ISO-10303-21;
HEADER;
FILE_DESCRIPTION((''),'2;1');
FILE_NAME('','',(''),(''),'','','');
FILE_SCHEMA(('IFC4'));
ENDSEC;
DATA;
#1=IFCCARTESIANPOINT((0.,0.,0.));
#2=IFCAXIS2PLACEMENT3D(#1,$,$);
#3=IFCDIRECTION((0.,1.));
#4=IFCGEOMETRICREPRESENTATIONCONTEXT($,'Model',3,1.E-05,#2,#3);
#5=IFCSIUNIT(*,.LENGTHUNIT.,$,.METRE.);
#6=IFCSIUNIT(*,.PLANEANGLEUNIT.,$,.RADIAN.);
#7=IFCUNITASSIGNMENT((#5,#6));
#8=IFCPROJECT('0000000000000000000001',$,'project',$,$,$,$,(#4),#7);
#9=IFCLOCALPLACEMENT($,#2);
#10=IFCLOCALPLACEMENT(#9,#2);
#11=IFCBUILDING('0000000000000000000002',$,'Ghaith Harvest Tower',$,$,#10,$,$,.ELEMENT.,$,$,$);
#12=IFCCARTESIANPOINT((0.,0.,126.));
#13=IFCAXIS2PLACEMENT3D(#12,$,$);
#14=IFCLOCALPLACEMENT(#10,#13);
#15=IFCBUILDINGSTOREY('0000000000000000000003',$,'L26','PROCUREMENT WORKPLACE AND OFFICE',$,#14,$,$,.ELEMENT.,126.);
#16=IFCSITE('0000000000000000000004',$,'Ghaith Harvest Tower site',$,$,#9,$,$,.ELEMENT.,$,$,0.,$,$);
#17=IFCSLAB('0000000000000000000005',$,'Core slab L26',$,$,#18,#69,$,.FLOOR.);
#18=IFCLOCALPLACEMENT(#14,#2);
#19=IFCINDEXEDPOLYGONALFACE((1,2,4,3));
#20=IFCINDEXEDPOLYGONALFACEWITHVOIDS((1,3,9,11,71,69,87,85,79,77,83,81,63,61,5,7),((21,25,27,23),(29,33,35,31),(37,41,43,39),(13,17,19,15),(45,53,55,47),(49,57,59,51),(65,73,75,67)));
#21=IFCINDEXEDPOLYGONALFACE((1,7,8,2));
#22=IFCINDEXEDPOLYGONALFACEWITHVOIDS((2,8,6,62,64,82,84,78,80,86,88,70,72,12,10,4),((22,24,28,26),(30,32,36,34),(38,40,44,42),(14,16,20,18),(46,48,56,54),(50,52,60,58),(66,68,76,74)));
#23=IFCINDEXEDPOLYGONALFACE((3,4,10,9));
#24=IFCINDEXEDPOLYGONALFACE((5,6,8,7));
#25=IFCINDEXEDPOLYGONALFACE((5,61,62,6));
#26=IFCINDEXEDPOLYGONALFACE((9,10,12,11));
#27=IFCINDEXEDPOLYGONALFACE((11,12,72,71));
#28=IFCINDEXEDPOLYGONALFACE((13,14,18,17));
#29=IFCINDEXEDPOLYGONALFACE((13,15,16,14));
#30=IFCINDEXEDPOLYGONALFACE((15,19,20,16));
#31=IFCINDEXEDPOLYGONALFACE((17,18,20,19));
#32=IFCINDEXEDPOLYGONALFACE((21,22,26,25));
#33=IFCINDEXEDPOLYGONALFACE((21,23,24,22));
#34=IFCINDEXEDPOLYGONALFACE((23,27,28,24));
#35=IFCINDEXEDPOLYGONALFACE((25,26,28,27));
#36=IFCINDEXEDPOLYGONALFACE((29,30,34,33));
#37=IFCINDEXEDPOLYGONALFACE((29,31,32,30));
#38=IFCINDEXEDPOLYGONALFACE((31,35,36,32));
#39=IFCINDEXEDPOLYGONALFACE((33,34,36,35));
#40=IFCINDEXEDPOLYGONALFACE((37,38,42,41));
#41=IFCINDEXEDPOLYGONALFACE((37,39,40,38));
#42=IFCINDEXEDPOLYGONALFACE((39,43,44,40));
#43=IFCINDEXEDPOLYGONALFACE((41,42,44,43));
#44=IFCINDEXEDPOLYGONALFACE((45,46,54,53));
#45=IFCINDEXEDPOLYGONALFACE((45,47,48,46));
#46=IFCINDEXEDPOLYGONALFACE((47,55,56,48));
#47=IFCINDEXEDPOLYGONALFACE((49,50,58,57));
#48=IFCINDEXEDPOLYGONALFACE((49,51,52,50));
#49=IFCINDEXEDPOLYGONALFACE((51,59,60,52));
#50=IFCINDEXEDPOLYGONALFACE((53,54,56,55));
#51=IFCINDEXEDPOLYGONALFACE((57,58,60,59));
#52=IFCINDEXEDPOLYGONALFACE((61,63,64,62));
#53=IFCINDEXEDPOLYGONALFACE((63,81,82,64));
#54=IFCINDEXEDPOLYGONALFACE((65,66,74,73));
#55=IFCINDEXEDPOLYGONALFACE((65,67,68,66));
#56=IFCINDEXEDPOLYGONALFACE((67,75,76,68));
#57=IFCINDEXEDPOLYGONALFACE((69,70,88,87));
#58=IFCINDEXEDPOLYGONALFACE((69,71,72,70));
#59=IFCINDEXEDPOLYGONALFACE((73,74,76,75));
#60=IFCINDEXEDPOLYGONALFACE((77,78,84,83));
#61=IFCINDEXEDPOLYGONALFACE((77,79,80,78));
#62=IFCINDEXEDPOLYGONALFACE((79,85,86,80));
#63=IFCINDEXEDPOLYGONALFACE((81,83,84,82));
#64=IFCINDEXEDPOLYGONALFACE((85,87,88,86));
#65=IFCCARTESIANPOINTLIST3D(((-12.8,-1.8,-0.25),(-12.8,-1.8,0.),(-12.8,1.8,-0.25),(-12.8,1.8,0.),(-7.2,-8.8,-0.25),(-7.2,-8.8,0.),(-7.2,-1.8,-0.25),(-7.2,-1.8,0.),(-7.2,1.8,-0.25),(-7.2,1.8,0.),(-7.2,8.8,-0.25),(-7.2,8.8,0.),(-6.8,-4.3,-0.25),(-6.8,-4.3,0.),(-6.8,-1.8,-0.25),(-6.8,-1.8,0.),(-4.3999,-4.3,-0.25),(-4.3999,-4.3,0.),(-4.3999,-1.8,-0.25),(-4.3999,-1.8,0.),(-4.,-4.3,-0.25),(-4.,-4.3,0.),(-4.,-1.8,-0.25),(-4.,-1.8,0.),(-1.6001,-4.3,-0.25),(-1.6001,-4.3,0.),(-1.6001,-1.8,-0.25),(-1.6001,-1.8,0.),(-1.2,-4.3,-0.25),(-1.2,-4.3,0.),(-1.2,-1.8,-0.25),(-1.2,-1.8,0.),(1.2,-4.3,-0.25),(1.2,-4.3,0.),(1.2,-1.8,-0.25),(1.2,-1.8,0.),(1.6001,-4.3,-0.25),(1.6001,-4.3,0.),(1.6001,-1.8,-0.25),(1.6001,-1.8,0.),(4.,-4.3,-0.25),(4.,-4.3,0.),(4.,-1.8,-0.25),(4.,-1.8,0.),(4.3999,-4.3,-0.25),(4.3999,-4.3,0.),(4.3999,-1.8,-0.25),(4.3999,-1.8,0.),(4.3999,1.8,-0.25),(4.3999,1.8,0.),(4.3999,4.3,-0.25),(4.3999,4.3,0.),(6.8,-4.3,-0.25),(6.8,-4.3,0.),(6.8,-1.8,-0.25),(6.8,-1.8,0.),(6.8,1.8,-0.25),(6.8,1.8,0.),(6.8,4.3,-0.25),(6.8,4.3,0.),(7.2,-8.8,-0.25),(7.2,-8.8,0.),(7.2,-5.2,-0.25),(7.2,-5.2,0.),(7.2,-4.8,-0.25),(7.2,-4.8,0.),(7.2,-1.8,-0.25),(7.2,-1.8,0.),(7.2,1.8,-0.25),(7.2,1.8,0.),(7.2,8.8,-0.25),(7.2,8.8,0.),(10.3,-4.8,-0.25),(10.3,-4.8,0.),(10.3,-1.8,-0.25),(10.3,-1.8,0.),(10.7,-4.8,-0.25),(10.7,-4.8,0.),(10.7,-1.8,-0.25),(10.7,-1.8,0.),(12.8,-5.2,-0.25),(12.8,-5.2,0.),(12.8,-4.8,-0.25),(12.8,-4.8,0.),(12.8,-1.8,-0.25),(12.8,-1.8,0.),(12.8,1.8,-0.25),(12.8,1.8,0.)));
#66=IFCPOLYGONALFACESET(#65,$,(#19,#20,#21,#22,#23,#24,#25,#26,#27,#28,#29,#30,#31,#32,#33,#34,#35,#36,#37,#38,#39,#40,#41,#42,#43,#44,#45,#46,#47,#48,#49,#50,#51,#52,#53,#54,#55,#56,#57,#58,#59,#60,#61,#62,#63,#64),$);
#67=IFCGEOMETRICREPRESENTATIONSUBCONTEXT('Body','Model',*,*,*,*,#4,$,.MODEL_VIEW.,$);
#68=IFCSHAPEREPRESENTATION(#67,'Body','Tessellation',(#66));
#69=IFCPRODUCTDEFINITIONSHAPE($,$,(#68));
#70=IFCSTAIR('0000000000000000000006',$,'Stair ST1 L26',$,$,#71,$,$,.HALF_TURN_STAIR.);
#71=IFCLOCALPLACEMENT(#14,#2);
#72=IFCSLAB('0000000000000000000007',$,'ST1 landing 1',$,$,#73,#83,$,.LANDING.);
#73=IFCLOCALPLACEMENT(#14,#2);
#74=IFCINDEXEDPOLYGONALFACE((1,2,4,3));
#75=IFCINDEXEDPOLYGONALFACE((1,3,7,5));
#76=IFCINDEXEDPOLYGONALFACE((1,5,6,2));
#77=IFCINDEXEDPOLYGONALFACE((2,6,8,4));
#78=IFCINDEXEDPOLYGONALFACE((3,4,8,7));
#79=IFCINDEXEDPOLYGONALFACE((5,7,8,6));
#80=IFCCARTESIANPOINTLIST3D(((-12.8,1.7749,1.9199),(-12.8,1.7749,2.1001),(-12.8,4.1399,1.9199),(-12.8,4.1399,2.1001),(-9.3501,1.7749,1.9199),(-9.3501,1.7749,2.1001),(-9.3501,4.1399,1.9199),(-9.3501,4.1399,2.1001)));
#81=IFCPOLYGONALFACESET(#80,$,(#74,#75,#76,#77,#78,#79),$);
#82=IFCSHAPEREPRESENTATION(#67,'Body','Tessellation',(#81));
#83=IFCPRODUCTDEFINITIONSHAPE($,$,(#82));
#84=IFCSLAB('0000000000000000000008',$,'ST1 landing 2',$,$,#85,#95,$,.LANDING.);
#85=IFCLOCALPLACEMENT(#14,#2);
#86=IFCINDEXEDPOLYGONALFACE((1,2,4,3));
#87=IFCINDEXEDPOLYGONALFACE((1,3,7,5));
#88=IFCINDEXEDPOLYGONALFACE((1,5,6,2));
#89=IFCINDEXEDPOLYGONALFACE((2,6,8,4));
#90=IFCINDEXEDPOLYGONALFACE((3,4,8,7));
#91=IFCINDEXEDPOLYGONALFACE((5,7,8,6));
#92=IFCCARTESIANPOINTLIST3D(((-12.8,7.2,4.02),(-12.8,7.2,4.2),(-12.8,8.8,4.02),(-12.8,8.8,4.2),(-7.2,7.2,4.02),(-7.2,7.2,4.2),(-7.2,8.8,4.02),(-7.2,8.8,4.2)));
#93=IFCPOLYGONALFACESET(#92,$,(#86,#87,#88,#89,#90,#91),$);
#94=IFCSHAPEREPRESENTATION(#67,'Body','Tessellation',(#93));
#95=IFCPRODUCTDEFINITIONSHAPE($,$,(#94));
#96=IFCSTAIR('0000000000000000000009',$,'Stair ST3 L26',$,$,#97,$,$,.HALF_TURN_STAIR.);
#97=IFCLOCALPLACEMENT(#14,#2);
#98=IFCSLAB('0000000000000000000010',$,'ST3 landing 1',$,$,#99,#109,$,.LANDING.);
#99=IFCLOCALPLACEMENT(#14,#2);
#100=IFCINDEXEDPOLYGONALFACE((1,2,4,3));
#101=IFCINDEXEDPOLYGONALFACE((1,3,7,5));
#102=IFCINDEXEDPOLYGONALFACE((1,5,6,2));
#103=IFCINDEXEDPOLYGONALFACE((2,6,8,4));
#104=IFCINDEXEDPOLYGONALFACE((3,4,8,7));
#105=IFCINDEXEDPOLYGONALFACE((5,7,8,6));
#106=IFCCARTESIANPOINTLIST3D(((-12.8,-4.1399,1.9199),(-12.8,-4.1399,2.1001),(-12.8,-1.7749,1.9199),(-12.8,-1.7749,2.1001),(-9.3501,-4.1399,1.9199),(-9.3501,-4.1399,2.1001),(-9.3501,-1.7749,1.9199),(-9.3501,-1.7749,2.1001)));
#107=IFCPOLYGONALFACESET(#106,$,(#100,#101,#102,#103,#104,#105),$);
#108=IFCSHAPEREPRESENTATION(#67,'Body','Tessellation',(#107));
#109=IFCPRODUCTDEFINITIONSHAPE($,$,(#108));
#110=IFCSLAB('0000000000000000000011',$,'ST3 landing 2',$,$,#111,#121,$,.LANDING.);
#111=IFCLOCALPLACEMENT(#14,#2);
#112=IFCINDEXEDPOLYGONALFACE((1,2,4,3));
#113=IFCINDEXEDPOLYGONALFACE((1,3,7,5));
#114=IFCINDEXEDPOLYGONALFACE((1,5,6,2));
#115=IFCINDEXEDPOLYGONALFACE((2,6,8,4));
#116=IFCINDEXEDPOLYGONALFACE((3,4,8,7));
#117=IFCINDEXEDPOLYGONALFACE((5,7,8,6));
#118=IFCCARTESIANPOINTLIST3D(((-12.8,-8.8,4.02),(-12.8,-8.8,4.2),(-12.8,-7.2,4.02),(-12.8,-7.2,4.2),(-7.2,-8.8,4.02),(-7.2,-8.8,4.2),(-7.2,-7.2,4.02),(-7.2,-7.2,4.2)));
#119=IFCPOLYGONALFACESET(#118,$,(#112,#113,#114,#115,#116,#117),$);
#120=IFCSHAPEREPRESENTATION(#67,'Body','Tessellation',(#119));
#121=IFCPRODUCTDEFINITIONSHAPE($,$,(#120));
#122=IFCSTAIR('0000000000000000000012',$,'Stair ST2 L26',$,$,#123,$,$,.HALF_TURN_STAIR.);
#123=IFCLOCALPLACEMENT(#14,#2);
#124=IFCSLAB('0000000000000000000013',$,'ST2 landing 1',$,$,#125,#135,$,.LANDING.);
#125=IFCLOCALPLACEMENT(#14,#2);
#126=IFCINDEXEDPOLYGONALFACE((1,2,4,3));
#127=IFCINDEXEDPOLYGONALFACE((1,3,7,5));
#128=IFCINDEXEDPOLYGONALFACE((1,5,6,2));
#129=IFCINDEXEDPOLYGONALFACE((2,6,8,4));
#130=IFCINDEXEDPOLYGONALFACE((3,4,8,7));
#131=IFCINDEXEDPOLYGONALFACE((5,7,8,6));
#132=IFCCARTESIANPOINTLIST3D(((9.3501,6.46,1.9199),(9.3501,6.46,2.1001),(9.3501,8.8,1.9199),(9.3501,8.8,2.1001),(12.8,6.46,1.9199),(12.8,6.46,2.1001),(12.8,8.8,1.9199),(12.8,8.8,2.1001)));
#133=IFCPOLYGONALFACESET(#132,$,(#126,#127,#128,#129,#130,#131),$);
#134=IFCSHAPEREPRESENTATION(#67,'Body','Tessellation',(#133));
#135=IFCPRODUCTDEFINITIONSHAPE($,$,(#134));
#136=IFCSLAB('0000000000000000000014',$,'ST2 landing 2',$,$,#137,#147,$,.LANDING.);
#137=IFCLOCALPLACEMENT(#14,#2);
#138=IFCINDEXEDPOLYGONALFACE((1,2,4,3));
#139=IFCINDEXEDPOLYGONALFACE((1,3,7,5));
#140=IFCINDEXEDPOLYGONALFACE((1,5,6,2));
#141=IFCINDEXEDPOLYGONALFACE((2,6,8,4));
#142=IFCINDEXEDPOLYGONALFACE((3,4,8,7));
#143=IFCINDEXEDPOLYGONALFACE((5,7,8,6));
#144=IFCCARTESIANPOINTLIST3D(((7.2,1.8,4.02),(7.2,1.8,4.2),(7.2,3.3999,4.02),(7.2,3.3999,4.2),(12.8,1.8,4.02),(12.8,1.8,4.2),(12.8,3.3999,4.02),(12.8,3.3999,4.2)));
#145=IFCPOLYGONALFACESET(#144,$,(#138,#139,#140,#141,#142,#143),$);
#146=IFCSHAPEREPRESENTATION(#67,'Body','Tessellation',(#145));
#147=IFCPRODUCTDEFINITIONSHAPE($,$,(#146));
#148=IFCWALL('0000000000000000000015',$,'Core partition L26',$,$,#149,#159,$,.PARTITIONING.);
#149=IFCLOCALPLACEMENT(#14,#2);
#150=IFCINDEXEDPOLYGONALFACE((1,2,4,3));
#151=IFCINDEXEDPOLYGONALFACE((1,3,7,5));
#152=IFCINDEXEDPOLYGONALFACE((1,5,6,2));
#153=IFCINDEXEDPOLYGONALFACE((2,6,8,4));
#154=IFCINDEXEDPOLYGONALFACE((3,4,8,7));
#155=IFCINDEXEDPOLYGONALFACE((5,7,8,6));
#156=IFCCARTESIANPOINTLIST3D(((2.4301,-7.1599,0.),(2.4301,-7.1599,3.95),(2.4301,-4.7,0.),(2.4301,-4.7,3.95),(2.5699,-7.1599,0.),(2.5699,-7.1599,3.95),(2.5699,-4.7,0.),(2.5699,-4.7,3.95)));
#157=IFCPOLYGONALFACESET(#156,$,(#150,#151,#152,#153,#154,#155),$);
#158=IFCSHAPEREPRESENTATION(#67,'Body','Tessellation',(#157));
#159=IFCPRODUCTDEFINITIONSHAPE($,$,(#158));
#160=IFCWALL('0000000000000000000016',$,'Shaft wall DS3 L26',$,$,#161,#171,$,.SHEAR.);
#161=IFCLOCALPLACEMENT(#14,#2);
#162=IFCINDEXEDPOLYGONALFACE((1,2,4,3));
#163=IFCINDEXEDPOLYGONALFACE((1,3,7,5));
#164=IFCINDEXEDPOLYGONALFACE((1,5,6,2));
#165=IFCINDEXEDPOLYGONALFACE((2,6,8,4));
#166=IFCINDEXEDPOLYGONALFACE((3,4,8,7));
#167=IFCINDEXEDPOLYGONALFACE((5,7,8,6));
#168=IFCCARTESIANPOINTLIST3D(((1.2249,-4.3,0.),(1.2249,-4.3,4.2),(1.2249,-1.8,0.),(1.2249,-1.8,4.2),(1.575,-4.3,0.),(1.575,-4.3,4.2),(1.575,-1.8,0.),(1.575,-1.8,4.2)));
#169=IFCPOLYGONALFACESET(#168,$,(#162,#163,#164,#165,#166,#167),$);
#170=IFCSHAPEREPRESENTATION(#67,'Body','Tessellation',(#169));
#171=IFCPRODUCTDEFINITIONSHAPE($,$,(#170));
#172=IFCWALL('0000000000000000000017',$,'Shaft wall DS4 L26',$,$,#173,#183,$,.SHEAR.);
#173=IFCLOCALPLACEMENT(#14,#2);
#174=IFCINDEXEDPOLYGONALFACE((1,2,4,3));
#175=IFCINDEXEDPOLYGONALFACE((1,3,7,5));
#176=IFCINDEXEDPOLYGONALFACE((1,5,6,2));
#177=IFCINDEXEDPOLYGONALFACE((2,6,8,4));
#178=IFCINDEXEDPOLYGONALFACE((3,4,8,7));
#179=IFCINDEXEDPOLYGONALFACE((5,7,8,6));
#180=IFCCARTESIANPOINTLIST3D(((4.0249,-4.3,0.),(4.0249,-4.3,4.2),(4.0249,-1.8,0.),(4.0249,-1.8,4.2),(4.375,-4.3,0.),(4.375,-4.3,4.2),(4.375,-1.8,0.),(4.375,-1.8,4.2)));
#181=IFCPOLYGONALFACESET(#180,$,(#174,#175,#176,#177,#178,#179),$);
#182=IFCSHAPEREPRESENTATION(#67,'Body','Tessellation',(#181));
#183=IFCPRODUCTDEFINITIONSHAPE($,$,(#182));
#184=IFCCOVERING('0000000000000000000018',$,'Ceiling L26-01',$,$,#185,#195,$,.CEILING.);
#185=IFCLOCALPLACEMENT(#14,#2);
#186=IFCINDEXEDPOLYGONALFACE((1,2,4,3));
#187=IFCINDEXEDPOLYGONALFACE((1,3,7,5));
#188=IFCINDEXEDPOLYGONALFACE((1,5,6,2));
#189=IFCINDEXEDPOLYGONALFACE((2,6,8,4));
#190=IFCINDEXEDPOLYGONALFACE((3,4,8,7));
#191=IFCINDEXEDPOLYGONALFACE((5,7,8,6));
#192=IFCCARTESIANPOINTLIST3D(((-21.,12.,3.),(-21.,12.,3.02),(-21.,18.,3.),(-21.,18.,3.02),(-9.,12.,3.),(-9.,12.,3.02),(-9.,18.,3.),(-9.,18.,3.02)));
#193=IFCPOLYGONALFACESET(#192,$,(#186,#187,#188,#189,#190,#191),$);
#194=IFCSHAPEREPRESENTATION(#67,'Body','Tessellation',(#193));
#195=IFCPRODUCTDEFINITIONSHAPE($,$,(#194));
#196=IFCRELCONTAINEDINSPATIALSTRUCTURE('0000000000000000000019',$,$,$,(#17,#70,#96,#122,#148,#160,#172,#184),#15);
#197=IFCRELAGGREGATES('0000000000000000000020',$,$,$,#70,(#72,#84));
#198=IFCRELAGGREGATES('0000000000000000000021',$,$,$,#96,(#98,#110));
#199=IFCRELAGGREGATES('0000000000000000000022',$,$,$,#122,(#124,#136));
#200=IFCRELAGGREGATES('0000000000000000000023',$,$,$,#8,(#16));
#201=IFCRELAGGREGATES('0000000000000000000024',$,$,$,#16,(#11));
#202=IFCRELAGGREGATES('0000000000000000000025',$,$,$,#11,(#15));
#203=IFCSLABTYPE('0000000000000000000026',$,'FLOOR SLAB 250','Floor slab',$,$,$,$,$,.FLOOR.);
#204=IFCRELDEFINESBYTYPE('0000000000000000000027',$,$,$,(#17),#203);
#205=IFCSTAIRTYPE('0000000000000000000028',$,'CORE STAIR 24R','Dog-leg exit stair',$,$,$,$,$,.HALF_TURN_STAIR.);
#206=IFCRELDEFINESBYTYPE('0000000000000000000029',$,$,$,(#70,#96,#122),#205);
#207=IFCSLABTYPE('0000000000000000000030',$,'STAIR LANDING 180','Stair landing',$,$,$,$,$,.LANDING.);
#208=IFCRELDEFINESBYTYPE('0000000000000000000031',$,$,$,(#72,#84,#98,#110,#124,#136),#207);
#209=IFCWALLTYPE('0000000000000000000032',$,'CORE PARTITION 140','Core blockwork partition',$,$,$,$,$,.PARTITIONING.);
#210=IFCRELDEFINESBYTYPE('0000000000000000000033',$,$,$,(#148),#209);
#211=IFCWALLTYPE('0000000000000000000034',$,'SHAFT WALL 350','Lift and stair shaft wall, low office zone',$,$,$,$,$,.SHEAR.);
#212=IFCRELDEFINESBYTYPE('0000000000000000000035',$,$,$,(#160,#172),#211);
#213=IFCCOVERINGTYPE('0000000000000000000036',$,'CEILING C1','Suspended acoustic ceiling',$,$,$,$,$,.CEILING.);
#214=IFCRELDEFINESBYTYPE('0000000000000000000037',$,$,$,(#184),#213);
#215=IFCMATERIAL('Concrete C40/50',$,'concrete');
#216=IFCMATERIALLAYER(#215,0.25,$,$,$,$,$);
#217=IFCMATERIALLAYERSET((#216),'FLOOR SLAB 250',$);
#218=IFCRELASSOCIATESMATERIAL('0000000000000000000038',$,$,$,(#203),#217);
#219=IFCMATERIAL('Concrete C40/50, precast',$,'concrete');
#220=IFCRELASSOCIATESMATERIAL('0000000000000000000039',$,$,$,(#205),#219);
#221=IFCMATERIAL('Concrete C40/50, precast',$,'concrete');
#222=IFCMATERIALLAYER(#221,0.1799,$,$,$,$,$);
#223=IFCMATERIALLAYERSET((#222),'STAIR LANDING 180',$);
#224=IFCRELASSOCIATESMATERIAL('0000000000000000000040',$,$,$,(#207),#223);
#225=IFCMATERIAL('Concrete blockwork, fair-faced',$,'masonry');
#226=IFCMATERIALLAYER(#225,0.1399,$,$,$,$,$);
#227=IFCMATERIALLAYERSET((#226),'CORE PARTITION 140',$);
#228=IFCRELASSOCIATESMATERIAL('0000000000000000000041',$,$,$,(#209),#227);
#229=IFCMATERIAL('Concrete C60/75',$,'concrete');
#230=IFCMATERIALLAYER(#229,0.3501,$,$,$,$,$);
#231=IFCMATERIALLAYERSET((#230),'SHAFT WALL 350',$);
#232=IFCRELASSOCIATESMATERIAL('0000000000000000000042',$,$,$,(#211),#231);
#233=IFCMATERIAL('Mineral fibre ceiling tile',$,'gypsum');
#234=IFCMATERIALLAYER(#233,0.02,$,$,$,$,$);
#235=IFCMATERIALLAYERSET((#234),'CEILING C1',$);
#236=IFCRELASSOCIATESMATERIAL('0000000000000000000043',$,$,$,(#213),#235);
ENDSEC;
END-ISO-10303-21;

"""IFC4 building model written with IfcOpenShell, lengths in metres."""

from ifc_helpers import new_model, si_unit, direction, frame, frame_2d, origin, place, context, subcontext, project, spatial, polyline, rectangle, outline, extrude, material, layer, layer_set, type_object, element, aggregate, save


model = new_model("IFC4")

# Units and contexts
model_context = context("Model", 3, precision=1e-05, world=origin(), true_north=direction((0.0, 1.0)))
body_context = subcontext(model_context, "Body", "Model", "MODEL_VIEW")
ifc_project = project(units=[si_unit("LENGTHUNIT", "METRE"), si_unit("PLANEANGLEUNIT", "RADIAN")], contexts=[model_context])

# Site, building, storey
site_placement = place(None, origin())
site = spatial("IfcSite", under=ifc_project, at=site_placement, Name="Ghaith Harvest Tower site", CompositionType="ELEMENT", RefElevation=0.0)
building_placement = place(site_placement, origin())
building = spatial("IfcBuilding", under=site, at=building_placement, Name="Ghaith Harvest Tower", CompositionType="ELEMENT")
storey_placement = place(building_placement, frame((0.0, 0.0, 126.0)))
storey = spatial("IfcBuildingStorey", under=building, at=storey_placement, Name="L26", Description="PROCUREMENT WORKPLACE AND OFFICE", CompositionType="ELEMENT", Elevation=126.0)

# Slab
ifc_material_1 = material(Name="Concrete C40/50", Category="concrete")
ifc_layer_1 = layer(ifc_material_1, 0.25)
ifc_layer_set_1 = layer_set([ifc_layer_1], Name="FLOOR SLAB 250")
slab_type_1 = type_object("IfcSlabType", Name="FLOOR SLAB 250", Description="Floor slab", PredefinedType="FLOOR", material=ifc_layer_set_1)
slab_1_placement = place(storey_placement, frame((0.0, 0.0, -0.25)))
element("IfcSlab", 1, at=slab_1_placement, inside=storey, type_object=slab_type_1, Name="Core slab L26", PredefinedType="FLOOR", context=body_context, shape_type="SweptSolid", body=[
    extrude(outline(polyline([(-12.8, 1.8), (-7.2, 1.8), (-7.2, 8.8), (7.2, 8.8), (7.2, 1.8), (12.8, 1.8), (12.8, -1.8), (10.7, -1.8), (10.7, -4.8), (12.8, -4.8), (12.8, -5.2), (7.2, -5.2), (7.2, -8.8), (-7.2, -8.8), (-7.2, -1.8), (-12.8, -1.8), (-12.8, 1.8)]), holes=[polyline([(-4.3999, -4.3), (-4.3999, -1.8), (-6.8, -1.8), (-6.8, -4.3), (-4.3999, -4.3)]), polyline([(-1.6001, -4.3), (-1.6001, -1.8), (-4.0, -1.8), (-4.0, -4.3), (-1.6001, -4.3)]), polyline([(1.2, -1.8), (-1.2, -1.8), (-1.2, -4.3), (1.2, -4.3), (1.2, -1.8)]), polyline([(4.0, -4.3), (4.0, -1.8), (1.6001, -1.8), (1.6001, -4.3), (4.0, -4.3)]), polyline([(10.3, -4.8), (10.3, -1.8), (7.2, -1.8), (7.2, -4.8), (10.3, -4.8)]), polyline([(6.8, -1.8), (4.3999, -1.8), (4.3999, -4.3), (6.8, -4.3), (6.8, -1.8)]), polyline([(6.8, 1.8), (6.8, 4.3), (4.3999, 4.3), (4.3999, 1.8), (6.8, 1.8)])]), origin(), (0.0, 0.0, 1.0), 0.25),
])

# Stairs, slabs
ifc_material_2 = material(Name="Concrete C40/50, precast", Category="concrete")
stair_type = type_object("IfcStairType", Name="CORE STAIR 24R", Description="Dog-leg exit stair", PredefinedType="HALF_TURN_STAIR", material=ifc_material_2)
stair_1_placement = place(storey_placement, origin())
stair_1 = element("IfcStair", 2, at=stair_1_placement, inside=storey, type_object=stair_type, Name="Stair ST1 L26", PredefinedType="HALF_TURN_STAIR")
ifc_material_3 = material(Name="Concrete C40/50, precast", Category="concrete")
ifc_layer_2 = layer(ifc_material_3, 0.1799)
ifc_layer_set_2 = layer_set([ifc_layer_2], Name="STAIR LANDING 180")
slab_type_2 = type_object("IfcSlabType", Name="STAIR LANDING 180", Description="Stair landing", PredefinedType="LANDING", material=ifc_layer_set_2)
slab_2_placement = place(storey_placement, frame((0.0, 0.0, 1.9199)))
slab_2 = element("IfcSlab", 3, at=slab_2_placement, type_object=slab_type_2, Name="ST1 landing 1", PredefinedType="LANDING", context=body_context, shape_type="SweptSolid", body=[
    extrude(outline(polyline([(-12.8, 4.1399), (-12.8, 1.7749), (-9.3501, 1.7749), (-9.3501, 4.1399), (-12.8, 4.1399)])), origin(), (0.0, 0.0, 1.0), 0.1802),
])
slab_3_placement = place(storey_placement, frame((0.0, 0.0, 4.02)))
slab_3 = element("IfcSlab", 4, at=slab_3_placement, type_object=slab_type_2, Name="ST1 landing 2", PredefinedType="LANDING", context=body_context, shape_type="SweptSolid", body=[
    extrude(outline(polyline([(-12.8, 8.8), (-12.8, 7.2), (-7.2, 7.2), (-7.2, 8.8), (-12.8, 8.8)])), origin(), (0.0, 0.0, 1.0), 0.1799),
])
aggregate(stair_1, [slab_2, slab_3])
stair_2_placement = place(storey_placement, origin())
stair_2 = element("IfcStair", 5, at=stair_2_placement, inside=storey, type_object=stair_type, Name="Stair ST3 L26", PredefinedType="HALF_TURN_STAIR")
slab_4_placement = place(storey_placement, frame((0.0, 0.0, 1.9199)))
slab_4 = element("IfcSlab", 6, at=slab_4_placement, type_object=slab_type_2, Name="ST3 landing 1", PredefinedType="LANDING", context=body_context, shape_type="SweptSolid", body=[
    extrude(outline(polyline([(-12.8, -4.1399), (-12.8, -1.7749), (-9.3501, -1.7749), (-9.3501, -4.1399), (-12.8, -4.1399)])), origin(), (0.0, 0.0, 1.0), 0.1802),
])
slab_5_placement = place(storey_placement, frame((0.0, 0.0, 4.02)))
slab_5 = element("IfcSlab", 7, at=slab_5_placement, type_object=slab_type_2, Name="ST3 landing 2", PredefinedType="LANDING", context=body_context, shape_type="SweptSolid", body=[
    extrude(outline(polyline([(-12.8, -8.8), (-12.8, -7.2), (-7.2, -7.2), (-7.2, -8.8), (-12.8, -8.8)])), origin(), (0.0, 0.0, 1.0), 0.1799),
])
aggregate(stair_2, [slab_4, slab_5])
stair_3_placement = place(storey_placement, origin())
stair_3 = element("IfcStair", 8, at=stair_3_placement, inside=storey, type_object=stair_type, Name="Stair ST2 L26", PredefinedType="HALF_TURN_STAIR")
slab_6_placement = place(storey_placement, frame((0.0, 0.0, 1.9199)))
slab_6 = element("IfcSlab", 9, at=slab_6_placement, type_object=slab_type_2, Name="ST2 landing 1", PredefinedType="LANDING", context=body_context, shape_type="SweptSolid", body=[
    extrude(outline(polyline([(12.8, 6.46), (12.8, 8.8), (9.3501, 8.8), (9.3501, 6.46), (12.8, 6.46)])), origin(), (0.0, 0.0, 1.0), 0.1802),
])
slab_7_placement = place(storey_placement, frame((0.0, 0.0, 4.02)))
slab_7 = element("IfcSlab", 10, at=slab_7_placement, type_object=slab_type_2, Name="ST2 landing 2", PredefinedType="LANDING", context=body_context, shape_type="SweptSolid", body=[
    extrude(outline(polyline([(12.8, 1.8), (12.8, 3.3999), (7.2, 3.3999), (7.2, 1.8), (12.8, 1.8)])), origin(), (0.0, 0.0, 1.0), 0.1799),
])
aggregate(stair_3, [slab_6, slab_7])

# Wall
ifc_material_4 = material(Name="Concrete blockwork, fair-faced", Category="masonry")
ifc_layer_3 = layer(ifc_material_4, 0.1399)
ifc_layer_set_3 = layer_set([ifc_layer_3], Name="CORE PARTITION 140")
wall_type_1 = type_object("IfcWallType", Name="CORE PARTITION 140", Description="Core blockwork partition", PredefinedType="PARTITIONING", material=ifc_layer_set_3)
wall_1_placement = place(storey_placement, frame((2.5, -4.7, 0.0), z_axis=(0.0, 0.0, 1.0), x_axis=(0.0, -1.0, 0.0)))
element("IfcWall", 11, at=wall_1_placement, inside=storey, type_object=wall_type_1, Name="Core partition L26", PredefinedType="PARTITIONING", context=body_context, shape_type="SweptSolid", body=[
    extrude(rectangle(XDim=2.46, YDim=0.1399, at=frame_2d((1.23, 0.0))), origin(), (0.0, 0.0, 1.0), 3.95),
])

# Shared definitions
ifc_material_5 = material(Name="Concrete C60/75", Category="concrete")
ifc_layer_4 = layer(ifc_material_5, 0.3501)
ifc_layer_set_4 = layer_set([ifc_layer_4], Name="SHAFT WALL 350")
wall_type_2 = type_object("IfcWallType", Name="SHAFT WALL 350", Description="Lift and stair shaft wall, low office zone", PredefinedType="SHEAR", material=ifc_layer_set_4)

# Walls
for number, where, z_axis, x_axis, name in (
    (12, (1.3999, -4.3, 0.0), (0.0, 0.0, 1.0), (0.0, 1.0, 0.0), "Shaft wall DS3 L26"),
    (13, (4.2, -4.3, 0.0), (0.0, 0.0, 1.0), (0.0, 1.0, 0.0), "Shaft wall DS4 L26"),
):
    element("IfcWall", number, at=place(storey_placement, frame(where, z_axis=z_axis, x_axis=x_axis)), inside=storey, type_object=wall_type_2, Name=name, PredefinedType="SHEAR", context=body_context, shape_type="SweptSolid", body=[
        extrude(rectangle(XDim=2.5, YDim=0.3501, at=frame_2d((1.25, 0.0))), origin(), (0.0, 0.0, 1.0), 4.2),
    ])

# Covering
ifc_material_6 = material(Name="Mineral fibre ceiling tile", Category="gypsum")
ifc_layer_5 = layer(ifc_material_6, 0.02)
ifc_layer_set_5 = layer_set([ifc_layer_5], Name="CEILING C1")
covering_type = type_object("IfcCoveringType", Name="CEILING C1", Description="Suspended acoustic ceiling", PredefinedType="CEILING", material=ifc_layer_set_5)
covering_1_placement = place(storey_placement, frame((0.0, 0.0, 3.0)))
element("IfcCovering", 14, at=covering_1_placement, inside=storey, type_object=covering_type, Name="Ceiling L26-01", PredefinedType="CEILING", context=body_context, shape_type="SweptSolid", body=[
    extrude(outline(polyline([(-21.0, 12.0), (-9.0, 12.0), (-9.0, 18.0), (-21.0, 18.0), (-21.0, 12.0)])), origin(), (0.0, 0.0, 1.0), 0.02),
])

save(model, "model.ifc")
